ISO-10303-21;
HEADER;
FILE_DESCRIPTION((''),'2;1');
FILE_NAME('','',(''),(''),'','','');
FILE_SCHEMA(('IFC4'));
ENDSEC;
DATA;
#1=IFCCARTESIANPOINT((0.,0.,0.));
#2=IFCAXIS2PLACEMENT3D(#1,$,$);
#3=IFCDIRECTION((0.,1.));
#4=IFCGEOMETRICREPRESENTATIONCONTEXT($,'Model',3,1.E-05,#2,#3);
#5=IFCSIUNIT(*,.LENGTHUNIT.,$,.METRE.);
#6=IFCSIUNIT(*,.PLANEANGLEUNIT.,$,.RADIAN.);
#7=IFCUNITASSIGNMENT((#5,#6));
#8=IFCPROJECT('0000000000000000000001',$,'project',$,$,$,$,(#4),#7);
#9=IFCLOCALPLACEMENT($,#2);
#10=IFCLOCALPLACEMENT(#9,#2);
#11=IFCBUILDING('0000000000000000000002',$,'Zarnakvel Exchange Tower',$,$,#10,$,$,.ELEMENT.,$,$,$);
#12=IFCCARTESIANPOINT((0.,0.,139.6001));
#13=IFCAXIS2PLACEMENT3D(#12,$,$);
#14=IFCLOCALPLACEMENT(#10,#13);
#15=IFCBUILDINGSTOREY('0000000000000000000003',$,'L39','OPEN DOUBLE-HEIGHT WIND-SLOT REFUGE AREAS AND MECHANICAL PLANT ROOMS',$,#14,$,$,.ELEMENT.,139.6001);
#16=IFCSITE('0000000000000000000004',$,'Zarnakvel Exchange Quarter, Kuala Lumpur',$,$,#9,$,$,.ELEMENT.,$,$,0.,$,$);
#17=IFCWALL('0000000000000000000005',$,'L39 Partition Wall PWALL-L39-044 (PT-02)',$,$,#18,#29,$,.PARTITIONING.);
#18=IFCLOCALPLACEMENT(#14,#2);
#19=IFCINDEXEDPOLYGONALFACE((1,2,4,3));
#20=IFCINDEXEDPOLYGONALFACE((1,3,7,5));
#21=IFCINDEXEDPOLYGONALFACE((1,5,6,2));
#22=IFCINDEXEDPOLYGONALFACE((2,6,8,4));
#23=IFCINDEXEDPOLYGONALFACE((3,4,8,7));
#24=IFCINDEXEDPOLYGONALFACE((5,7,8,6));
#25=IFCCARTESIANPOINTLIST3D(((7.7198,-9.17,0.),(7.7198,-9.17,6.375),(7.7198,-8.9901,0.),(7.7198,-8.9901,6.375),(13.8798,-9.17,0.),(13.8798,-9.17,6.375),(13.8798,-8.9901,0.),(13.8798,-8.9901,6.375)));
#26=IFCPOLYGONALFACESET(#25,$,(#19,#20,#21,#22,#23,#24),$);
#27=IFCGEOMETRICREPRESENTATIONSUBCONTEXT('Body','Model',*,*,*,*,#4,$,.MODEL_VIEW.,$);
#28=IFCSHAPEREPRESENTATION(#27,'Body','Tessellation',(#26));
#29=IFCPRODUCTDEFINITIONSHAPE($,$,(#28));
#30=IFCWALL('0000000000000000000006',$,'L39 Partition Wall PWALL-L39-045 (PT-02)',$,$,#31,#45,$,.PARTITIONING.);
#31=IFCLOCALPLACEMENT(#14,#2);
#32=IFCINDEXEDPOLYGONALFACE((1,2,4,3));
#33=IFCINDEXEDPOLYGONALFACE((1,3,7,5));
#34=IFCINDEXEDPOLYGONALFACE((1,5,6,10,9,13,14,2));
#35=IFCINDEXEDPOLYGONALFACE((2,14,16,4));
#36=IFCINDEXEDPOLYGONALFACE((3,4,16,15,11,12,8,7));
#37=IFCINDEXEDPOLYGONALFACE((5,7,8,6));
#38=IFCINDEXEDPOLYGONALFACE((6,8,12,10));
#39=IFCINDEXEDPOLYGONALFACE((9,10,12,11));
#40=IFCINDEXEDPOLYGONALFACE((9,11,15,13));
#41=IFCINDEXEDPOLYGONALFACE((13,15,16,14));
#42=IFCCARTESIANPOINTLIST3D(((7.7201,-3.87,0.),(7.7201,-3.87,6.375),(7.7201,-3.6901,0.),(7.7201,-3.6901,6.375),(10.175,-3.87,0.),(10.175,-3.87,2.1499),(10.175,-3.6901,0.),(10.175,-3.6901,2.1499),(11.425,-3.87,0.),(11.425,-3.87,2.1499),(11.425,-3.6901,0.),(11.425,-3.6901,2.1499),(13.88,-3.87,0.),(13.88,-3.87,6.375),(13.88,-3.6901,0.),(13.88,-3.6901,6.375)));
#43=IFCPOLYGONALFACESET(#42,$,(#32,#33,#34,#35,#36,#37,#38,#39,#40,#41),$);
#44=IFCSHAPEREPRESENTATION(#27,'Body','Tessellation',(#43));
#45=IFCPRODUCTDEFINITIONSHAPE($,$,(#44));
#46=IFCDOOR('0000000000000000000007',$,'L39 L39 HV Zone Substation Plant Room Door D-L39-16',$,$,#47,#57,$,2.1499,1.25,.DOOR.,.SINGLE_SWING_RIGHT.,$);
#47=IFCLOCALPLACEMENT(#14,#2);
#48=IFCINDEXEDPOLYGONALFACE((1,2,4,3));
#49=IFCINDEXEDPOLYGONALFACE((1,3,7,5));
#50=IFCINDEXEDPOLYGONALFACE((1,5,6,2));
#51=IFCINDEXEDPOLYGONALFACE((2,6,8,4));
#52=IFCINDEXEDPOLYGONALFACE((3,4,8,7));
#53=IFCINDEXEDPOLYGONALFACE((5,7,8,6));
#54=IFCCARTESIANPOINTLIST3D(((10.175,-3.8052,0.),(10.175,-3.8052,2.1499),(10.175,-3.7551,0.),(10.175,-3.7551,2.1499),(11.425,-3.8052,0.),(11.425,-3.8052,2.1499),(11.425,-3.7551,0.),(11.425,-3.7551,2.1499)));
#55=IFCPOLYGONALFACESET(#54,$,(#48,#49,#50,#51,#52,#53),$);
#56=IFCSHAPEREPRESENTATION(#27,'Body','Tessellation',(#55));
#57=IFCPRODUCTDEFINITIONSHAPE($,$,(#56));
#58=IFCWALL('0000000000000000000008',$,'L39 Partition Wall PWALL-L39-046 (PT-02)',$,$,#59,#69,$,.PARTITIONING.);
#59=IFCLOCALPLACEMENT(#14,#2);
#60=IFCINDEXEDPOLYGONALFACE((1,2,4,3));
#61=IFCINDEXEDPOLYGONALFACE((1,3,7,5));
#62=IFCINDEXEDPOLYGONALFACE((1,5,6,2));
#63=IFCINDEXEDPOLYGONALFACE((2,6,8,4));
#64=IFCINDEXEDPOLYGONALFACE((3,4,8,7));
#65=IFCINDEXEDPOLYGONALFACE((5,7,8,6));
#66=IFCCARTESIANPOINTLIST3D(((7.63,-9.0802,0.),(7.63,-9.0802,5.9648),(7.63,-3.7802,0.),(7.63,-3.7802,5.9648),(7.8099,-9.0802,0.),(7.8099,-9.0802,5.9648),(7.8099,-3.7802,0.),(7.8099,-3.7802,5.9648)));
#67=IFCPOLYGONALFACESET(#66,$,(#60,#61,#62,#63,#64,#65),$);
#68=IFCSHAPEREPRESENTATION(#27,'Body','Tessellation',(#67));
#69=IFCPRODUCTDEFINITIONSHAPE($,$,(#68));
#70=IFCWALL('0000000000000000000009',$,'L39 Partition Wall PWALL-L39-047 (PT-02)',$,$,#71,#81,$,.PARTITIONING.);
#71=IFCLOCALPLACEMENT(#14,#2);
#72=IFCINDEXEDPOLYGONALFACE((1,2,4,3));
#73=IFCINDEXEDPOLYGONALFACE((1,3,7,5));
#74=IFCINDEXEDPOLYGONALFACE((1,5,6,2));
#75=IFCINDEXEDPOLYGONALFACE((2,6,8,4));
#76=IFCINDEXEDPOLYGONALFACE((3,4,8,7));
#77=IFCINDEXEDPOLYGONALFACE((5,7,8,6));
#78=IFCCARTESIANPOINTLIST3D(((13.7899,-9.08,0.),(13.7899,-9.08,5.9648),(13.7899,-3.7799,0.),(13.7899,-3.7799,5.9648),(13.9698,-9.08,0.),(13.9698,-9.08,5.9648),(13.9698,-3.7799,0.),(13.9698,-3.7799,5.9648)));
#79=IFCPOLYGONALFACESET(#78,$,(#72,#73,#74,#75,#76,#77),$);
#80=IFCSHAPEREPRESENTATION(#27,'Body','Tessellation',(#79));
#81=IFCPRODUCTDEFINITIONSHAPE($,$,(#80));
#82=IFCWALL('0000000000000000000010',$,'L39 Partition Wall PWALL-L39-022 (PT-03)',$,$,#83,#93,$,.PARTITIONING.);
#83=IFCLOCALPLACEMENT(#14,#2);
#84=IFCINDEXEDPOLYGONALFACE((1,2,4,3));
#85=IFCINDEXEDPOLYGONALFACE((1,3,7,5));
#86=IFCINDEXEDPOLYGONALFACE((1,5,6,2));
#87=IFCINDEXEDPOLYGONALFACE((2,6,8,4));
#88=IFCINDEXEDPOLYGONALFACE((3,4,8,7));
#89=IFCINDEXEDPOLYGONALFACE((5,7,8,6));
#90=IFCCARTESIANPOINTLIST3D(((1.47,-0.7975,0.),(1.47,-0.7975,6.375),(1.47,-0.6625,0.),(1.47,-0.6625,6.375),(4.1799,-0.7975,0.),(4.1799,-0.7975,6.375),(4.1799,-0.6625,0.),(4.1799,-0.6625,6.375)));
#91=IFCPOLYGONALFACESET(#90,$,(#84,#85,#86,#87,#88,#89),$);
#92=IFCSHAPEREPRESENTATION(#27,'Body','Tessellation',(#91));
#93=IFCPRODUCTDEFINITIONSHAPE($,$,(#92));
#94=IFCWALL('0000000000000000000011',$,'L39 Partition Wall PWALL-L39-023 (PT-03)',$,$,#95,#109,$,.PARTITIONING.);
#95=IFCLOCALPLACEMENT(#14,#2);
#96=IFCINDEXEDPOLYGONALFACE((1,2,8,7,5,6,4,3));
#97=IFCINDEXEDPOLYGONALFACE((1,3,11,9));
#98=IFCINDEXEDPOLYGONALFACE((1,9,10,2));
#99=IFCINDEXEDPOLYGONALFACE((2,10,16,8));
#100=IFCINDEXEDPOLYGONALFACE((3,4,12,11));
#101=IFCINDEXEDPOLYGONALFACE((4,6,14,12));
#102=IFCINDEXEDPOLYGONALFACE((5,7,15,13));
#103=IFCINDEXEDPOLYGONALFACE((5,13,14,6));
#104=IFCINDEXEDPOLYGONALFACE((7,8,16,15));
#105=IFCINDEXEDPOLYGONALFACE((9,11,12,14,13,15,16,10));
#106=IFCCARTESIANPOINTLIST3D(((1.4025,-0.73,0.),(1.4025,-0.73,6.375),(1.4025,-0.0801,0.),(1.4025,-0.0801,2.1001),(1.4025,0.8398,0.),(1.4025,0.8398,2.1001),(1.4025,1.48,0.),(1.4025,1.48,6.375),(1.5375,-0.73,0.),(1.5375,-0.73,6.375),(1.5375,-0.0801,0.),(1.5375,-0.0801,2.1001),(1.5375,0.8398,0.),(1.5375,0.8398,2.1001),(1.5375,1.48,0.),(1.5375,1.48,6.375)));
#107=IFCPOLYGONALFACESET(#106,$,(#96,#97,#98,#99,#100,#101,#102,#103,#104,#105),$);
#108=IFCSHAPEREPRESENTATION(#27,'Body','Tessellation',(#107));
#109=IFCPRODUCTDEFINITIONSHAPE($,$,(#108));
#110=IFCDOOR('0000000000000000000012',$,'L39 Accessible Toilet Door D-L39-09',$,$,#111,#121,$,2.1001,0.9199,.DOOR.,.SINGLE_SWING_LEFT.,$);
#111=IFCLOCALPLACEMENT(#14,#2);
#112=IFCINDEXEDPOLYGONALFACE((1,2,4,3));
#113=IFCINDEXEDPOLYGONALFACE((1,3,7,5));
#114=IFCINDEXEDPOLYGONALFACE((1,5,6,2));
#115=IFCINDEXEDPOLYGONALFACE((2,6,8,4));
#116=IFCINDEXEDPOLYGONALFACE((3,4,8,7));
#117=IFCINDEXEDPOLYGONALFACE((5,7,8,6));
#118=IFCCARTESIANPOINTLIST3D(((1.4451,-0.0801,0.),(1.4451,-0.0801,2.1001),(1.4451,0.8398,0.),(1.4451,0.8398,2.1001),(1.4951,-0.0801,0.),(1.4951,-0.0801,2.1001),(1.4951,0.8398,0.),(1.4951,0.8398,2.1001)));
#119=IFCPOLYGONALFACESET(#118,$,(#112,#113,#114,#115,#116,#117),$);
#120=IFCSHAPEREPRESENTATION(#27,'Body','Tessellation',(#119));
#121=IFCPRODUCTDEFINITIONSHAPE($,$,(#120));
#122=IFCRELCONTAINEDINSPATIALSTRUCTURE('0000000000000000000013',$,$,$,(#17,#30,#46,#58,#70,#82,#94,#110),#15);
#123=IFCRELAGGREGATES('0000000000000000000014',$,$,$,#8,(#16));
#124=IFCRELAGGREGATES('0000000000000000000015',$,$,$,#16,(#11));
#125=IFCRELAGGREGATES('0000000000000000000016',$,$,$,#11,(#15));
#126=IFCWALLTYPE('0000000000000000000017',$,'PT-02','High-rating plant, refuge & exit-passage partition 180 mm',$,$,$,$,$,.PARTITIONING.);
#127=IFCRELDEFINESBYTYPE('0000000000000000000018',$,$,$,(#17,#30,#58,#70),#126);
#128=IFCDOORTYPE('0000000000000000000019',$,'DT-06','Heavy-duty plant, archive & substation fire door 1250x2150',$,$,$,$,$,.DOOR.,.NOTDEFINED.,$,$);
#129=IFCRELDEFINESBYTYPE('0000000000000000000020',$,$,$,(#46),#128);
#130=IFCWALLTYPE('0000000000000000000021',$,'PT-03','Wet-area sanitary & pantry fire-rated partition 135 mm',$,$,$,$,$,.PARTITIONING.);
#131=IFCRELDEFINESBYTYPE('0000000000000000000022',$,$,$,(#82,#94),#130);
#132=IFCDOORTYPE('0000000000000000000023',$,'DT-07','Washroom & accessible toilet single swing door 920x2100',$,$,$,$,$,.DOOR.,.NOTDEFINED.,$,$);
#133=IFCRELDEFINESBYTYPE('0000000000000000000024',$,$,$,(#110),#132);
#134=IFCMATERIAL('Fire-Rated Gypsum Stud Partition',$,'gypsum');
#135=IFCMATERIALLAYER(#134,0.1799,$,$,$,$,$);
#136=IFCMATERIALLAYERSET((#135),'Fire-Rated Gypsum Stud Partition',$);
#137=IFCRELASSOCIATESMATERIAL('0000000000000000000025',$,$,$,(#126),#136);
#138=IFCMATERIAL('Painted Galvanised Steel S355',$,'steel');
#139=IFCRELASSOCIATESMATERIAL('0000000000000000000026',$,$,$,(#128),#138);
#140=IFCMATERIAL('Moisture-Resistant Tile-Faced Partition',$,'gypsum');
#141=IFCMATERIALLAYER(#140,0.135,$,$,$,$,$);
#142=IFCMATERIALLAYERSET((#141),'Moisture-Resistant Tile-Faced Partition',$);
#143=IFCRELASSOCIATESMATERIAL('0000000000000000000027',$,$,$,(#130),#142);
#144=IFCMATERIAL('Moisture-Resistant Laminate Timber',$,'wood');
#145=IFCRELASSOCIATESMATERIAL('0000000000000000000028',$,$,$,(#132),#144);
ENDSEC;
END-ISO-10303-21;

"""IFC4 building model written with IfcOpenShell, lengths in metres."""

from ifc_helpers import new_model, si_unit, direction, frame, frame_2d, origin, place, context, subcontext, project, spatial, rectangle, extrude, source, transform, mapped, material, layer, layer_set, type_object, element, fill, save


model = new_model("IFC4")

# Units and contexts
model_context = context("Model", 3, precision=1e-05, world=origin(), true_north=direction((0.0, 1.0)))
body_context = subcontext(model_context, "Body", "Model", "MODEL_VIEW")
ifc_project = project(units=[si_unit("LENGTHUNIT", "METRE"), si_unit("PLANEANGLEUNIT", "RADIAN")], contexts=[model_context])

# Site, building, storey
site_placement = place(None, origin())
site = spatial("IfcSite", under=ifc_project, at=site_placement, Name="Zarnakvel Exchange Quarter, Kuala Lumpur", CompositionType="ELEMENT", RefElevation=0.0)
building_placement = place(site_placement, origin())
building = spatial("IfcBuilding", under=site, at=building_placement, Name="Zarnakvel Exchange Tower", CompositionType="ELEMENT")
storey_placement = place(building_placement, frame((0.0, 0.0, 139.6001)))
storey = spatial("IfcBuildingStorey", under=building, at=storey_placement, Name="L39", Description="OPEN DOUBLE-HEIGHT WIND-SLOT REFUGE AREAS AND MECHANICAL PLANT ROOMS", CompositionType="ELEMENT", Elevation=139.6001)

# Shared definitions
ifc_material_1 = material(Name="Painted Galvanised Steel S355", Category="steel")

# Shared definitions
ifc_material_2 = material(Name="Fire-Rated Gypsum Stud Partition", Category="gypsum")
ifc_layer_1 = layer(ifc_material_2, 0.1799)
ifc_layer_set_1 = layer_set([ifc_layer_1], Name="Fire-Rated Gypsum Stud Partition")
wall_type_1 = type_object("IfcWallType", Name="PT-02", Description="High-rating plant, refuge & exit-passage partition 180 mm", PredefinedType="PARTITIONING", material=ifc_layer_set_1)

# Shared definitions
door_type_1 = type_object("IfcDoorType", Name="DT-06", Description="Heavy-duty plant, archive & substation fire door 1250x2150", OperationType="NOTDEFINED", PredefinedType="DOOR", material=ifc_material_1)
shared_shape_1 = source(origin(), body_context, "Body", "SweptSolid", [
    extrude(rectangle(XDim=1.25, YDim=2.1499, at=frame_2d((0.625, 1.075))), frame((0.0, 0.0249, 0.0), z_axis=(0.0, -1.0, 0.0), x_axis=(1.0, 0.0, 0.0)), (0.0, 0.0, 1.0), 0.05),
])

# Wall
wall_1_placement = place(storey_placement, frame((13.8799, -9.0801, 0.0), z_axis=(0.0, 0.0, 1.0), x_axis=(-1.0, 0.0, 0.0)))
element("IfcWall", 1, at=wall_1_placement, inside=storey, type_object=wall_type_1, Name="L39 Partition Wall PWALL-L39-044 (PT-02)", PredefinedType="PARTITIONING", context=body_context, shape_type="SweptSolid", body=[
    extrude(rectangle(XDim=6.1599, YDim=0.1799, at=frame_2d((3.0801, 0.0))), origin(), (0.0, 0.0, 1.0), 6.375),
])

# Wall, opening, door
wall_2_placement = place(storey_placement, frame((7.72, -3.78, 0.0), z_axis=(0.0, 0.0, 1.0), x_axis=(1.0, 0.0, 0.0)))
wall_2 = element("IfcWall", 2, at=wall_2_placement, inside=storey, type_object=wall_type_1, Name="L39 Partition Wall PWALL-L39-045 (PT-02)", PredefinedType="PARTITIONING", context=body_context, shape_type="SweptSolid", body=[
    extrude(rectangle(XDim=6.1599, YDim=0.1799, at=frame_2d((3.0801, 0.0))), origin(), (0.0, 0.0, 1.0), 6.375),
])
opening_1_placement = place(wall_2_placement, frame((2.4551, 0.0, 0.0)))
opening_1 = element("IfcOpeningElement", 3, at=opening_1_placement, cuts=wall_2, PredefinedType="OPENING", context=body_context, shape_type="SweptSolid", body=[
    extrude(rectangle(XDim=1.25, YDim=2.1499, at=frame_2d((0.625, 1.075))), frame((0.0, 0.0999, 0.0), z_axis=(0.0, -1.0, 0.0), x_axis=(1.0, 0.0, 0.0)), (0.0, 0.0, 1.0), 0.2),
])
door_1_placement = place(opening_1_placement, origin())
door_1 = element("IfcDoor", 4, at=door_1_placement, inside=storey, type_object=door_type_1, Name="L39 L39 HV Zone Substation Plant Room Door D-L39-16", OperationType="SINGLE_SWING_RIGHT", OverallHeight=2.1499, OverallWidth=1.25, PredefinedType="DOOR", context=body_context, shape_type="MappedRepresentation", body=[
    mapped(shared_shape_1, transform((0.0, 0.0, 0.0), x_axis=(1.0, 0.0, 0.0), y_axis=(0.0, 1.0, 0.0), z_axis=(0.0, 0.0, 1.0), scale=1.0)),
])
fill(opening_1, door_1)

# Walls
for number, where, z_axis, x_axis, name in (
    (5, (7.72, -9.0801, 0.0), (0.0, 0.0, 1.0), (0.0, 1.0, 0.0), "L39 Partition Wall PWALL-L39-046 (PT-02)"),
    (6, (13.8799, -3.78, 0.0), (0.0, 0.0, 1.0), (0.0, -1.0, 0.0), "L39 Partition Wall PWALL-L39-047 (PT-02)"),
):
    element("IfcWall", number, at=place(storey_placement, frame(where, z_axis=z_axis, x_axis=x_axis)), inside=storey, type_object=wall_type_1, Name=name, PredefinedType="PARTITIONING", context=body_context, shape_type="SweptSolid", body=[
        extrude(rectangle(XDim=5.3, YDim=0.1799, at=frame_2d((2.6499, 0.0))), origin(), (0.0, 0.0, 1.0), 5.9648),
    ])
ifc_material_3 = material(Name="Moisture-Resistant Tile-Faced Partition", Category="gypsum")
ifc_layer_2 = layer(ifc_material_3, 0.135)
ifc_layer_set_2 = layer_set([ifc_layer_2], Name="Moisture-Resistant Tile-Faced Partition")
wall_type_2 = type_object("IfcWallType", Name="PT-03", Description="Wet-area sanitary & pantry fire-rated partition 135 mm", PredefinedType="PARTITIONING", material=ifc_layer_set_2)
wall_3_placement = place(storey_placement, frame((4.1799, -0.73, 0.0), z_axis=(0.0, 0.0, 1.0), x_axis=(-1.0, 0.0, 0.0)))
element("IfcWall", 7, at=wall_3_placement, inside=storey, type_object=wall_type_2, Name="L39 Partition Wall PWALL-L39-022 (PT-03)", PredefinedType="PARTITIONING", context=body_context, shape_type="SweptSolid", body=[
    extrude(rectangle(XDim=2.71, YDim=0.135, at=frame_2d((1.355, 0.0))), origin(), (0.0, 0.0, 1.0), 6.375),
])

# Wall, opening, door
wall_4_placement = place(storey_placement, frame((1.47, -0.73, 0.0), z_axis=(0.0, 0.0, 1.0), x_axis=(0.0, 1.0, 0.0)))
wall_4 = element("IfcWall", 8, at=wall_4_placement, inside=storey, type_object=wall_type_2, Name="L39 Partition Wall PWALL-L39-023 (PT-03)", PredefinedType="PARTITIONING", context=body_context, shape_type="SweptSolid", body=[
    extrude(rectangle(XDim=2.21, YDim=0.135, at=frame_2d((1.105, 0.0))), origin(), (0.0, 0.0, 1.0), 6.375),
])
opening_2_placement = place(wall_4_placement, frame((0.6499, 0.0, 0.0)))
opening_2 = element("IfcOpeningElement", 9, at=opening_2_placement, cuts=wall_4, PredefinedType="OPENING", context=body_context, shape_type="SweptSolid", body=[
    extrude(rectangle(XDim=0.9199, YDim=2.1001, at=frame_2d((0.46, 1.05))), frame((0.0, 0.0774, 0.0), z_axis=(0.0, -1.0, 0.0), x_axis=(1.0, 0.0, 0.0)), (0.0, 0.0, 1.0), 0.155),
])
ifc_material_4 = material(Name="Moisture-Resistant Laminate Timber", Category="wood")
door_type_2 = type_object("IfcDoorType", Name="DT-07", Description="Washroom & accessible toilet single swing door 920x2100", OperationType="NOTDEFINED", PredefinedType="DOOR", material=ifc_material_4)
shared_shape_2 = source(origin(), body_context, "Body", "SweptSolid", [
    extrude(rectangle(XDim=0.9199, YDim=2.1001, at=frame_2d((0.46, 1.05))), frame((0.0, 0.0249, 0.0), z_axis=(0.0, -1.0, 0.0), x_axis=(1.0, 0.0, 0.0)), (0.0, 0.0, 1.0), 0.05),
])
door_2_placement = place(opening_2_placement, origin())
door_2 = element("IfcDoor", 10, at=door_2_placement, inside=storey, type_object=door_type_2, Name="L39 Accessible Toilet Door D-L39-09", OperationType="SINGLE_SWING_LEFT", OverallHeight=2.1001, OverallWidth=0.9199, PredefinedType="DOOR", context=body_context, shape_type="MappedRepresentation", body=[
    mapped(shared_shape_2, transform((0.0, 0.0, 0.0), x_axis=(1.0, 0.0, 0.0), y_axis=(0.0, 1.0, 0.0), z_axis=(0.0, 0.0, 1.0), scale=1.0)),
])
fill(opening_2, door_2)

save(model, "model.ifc")
